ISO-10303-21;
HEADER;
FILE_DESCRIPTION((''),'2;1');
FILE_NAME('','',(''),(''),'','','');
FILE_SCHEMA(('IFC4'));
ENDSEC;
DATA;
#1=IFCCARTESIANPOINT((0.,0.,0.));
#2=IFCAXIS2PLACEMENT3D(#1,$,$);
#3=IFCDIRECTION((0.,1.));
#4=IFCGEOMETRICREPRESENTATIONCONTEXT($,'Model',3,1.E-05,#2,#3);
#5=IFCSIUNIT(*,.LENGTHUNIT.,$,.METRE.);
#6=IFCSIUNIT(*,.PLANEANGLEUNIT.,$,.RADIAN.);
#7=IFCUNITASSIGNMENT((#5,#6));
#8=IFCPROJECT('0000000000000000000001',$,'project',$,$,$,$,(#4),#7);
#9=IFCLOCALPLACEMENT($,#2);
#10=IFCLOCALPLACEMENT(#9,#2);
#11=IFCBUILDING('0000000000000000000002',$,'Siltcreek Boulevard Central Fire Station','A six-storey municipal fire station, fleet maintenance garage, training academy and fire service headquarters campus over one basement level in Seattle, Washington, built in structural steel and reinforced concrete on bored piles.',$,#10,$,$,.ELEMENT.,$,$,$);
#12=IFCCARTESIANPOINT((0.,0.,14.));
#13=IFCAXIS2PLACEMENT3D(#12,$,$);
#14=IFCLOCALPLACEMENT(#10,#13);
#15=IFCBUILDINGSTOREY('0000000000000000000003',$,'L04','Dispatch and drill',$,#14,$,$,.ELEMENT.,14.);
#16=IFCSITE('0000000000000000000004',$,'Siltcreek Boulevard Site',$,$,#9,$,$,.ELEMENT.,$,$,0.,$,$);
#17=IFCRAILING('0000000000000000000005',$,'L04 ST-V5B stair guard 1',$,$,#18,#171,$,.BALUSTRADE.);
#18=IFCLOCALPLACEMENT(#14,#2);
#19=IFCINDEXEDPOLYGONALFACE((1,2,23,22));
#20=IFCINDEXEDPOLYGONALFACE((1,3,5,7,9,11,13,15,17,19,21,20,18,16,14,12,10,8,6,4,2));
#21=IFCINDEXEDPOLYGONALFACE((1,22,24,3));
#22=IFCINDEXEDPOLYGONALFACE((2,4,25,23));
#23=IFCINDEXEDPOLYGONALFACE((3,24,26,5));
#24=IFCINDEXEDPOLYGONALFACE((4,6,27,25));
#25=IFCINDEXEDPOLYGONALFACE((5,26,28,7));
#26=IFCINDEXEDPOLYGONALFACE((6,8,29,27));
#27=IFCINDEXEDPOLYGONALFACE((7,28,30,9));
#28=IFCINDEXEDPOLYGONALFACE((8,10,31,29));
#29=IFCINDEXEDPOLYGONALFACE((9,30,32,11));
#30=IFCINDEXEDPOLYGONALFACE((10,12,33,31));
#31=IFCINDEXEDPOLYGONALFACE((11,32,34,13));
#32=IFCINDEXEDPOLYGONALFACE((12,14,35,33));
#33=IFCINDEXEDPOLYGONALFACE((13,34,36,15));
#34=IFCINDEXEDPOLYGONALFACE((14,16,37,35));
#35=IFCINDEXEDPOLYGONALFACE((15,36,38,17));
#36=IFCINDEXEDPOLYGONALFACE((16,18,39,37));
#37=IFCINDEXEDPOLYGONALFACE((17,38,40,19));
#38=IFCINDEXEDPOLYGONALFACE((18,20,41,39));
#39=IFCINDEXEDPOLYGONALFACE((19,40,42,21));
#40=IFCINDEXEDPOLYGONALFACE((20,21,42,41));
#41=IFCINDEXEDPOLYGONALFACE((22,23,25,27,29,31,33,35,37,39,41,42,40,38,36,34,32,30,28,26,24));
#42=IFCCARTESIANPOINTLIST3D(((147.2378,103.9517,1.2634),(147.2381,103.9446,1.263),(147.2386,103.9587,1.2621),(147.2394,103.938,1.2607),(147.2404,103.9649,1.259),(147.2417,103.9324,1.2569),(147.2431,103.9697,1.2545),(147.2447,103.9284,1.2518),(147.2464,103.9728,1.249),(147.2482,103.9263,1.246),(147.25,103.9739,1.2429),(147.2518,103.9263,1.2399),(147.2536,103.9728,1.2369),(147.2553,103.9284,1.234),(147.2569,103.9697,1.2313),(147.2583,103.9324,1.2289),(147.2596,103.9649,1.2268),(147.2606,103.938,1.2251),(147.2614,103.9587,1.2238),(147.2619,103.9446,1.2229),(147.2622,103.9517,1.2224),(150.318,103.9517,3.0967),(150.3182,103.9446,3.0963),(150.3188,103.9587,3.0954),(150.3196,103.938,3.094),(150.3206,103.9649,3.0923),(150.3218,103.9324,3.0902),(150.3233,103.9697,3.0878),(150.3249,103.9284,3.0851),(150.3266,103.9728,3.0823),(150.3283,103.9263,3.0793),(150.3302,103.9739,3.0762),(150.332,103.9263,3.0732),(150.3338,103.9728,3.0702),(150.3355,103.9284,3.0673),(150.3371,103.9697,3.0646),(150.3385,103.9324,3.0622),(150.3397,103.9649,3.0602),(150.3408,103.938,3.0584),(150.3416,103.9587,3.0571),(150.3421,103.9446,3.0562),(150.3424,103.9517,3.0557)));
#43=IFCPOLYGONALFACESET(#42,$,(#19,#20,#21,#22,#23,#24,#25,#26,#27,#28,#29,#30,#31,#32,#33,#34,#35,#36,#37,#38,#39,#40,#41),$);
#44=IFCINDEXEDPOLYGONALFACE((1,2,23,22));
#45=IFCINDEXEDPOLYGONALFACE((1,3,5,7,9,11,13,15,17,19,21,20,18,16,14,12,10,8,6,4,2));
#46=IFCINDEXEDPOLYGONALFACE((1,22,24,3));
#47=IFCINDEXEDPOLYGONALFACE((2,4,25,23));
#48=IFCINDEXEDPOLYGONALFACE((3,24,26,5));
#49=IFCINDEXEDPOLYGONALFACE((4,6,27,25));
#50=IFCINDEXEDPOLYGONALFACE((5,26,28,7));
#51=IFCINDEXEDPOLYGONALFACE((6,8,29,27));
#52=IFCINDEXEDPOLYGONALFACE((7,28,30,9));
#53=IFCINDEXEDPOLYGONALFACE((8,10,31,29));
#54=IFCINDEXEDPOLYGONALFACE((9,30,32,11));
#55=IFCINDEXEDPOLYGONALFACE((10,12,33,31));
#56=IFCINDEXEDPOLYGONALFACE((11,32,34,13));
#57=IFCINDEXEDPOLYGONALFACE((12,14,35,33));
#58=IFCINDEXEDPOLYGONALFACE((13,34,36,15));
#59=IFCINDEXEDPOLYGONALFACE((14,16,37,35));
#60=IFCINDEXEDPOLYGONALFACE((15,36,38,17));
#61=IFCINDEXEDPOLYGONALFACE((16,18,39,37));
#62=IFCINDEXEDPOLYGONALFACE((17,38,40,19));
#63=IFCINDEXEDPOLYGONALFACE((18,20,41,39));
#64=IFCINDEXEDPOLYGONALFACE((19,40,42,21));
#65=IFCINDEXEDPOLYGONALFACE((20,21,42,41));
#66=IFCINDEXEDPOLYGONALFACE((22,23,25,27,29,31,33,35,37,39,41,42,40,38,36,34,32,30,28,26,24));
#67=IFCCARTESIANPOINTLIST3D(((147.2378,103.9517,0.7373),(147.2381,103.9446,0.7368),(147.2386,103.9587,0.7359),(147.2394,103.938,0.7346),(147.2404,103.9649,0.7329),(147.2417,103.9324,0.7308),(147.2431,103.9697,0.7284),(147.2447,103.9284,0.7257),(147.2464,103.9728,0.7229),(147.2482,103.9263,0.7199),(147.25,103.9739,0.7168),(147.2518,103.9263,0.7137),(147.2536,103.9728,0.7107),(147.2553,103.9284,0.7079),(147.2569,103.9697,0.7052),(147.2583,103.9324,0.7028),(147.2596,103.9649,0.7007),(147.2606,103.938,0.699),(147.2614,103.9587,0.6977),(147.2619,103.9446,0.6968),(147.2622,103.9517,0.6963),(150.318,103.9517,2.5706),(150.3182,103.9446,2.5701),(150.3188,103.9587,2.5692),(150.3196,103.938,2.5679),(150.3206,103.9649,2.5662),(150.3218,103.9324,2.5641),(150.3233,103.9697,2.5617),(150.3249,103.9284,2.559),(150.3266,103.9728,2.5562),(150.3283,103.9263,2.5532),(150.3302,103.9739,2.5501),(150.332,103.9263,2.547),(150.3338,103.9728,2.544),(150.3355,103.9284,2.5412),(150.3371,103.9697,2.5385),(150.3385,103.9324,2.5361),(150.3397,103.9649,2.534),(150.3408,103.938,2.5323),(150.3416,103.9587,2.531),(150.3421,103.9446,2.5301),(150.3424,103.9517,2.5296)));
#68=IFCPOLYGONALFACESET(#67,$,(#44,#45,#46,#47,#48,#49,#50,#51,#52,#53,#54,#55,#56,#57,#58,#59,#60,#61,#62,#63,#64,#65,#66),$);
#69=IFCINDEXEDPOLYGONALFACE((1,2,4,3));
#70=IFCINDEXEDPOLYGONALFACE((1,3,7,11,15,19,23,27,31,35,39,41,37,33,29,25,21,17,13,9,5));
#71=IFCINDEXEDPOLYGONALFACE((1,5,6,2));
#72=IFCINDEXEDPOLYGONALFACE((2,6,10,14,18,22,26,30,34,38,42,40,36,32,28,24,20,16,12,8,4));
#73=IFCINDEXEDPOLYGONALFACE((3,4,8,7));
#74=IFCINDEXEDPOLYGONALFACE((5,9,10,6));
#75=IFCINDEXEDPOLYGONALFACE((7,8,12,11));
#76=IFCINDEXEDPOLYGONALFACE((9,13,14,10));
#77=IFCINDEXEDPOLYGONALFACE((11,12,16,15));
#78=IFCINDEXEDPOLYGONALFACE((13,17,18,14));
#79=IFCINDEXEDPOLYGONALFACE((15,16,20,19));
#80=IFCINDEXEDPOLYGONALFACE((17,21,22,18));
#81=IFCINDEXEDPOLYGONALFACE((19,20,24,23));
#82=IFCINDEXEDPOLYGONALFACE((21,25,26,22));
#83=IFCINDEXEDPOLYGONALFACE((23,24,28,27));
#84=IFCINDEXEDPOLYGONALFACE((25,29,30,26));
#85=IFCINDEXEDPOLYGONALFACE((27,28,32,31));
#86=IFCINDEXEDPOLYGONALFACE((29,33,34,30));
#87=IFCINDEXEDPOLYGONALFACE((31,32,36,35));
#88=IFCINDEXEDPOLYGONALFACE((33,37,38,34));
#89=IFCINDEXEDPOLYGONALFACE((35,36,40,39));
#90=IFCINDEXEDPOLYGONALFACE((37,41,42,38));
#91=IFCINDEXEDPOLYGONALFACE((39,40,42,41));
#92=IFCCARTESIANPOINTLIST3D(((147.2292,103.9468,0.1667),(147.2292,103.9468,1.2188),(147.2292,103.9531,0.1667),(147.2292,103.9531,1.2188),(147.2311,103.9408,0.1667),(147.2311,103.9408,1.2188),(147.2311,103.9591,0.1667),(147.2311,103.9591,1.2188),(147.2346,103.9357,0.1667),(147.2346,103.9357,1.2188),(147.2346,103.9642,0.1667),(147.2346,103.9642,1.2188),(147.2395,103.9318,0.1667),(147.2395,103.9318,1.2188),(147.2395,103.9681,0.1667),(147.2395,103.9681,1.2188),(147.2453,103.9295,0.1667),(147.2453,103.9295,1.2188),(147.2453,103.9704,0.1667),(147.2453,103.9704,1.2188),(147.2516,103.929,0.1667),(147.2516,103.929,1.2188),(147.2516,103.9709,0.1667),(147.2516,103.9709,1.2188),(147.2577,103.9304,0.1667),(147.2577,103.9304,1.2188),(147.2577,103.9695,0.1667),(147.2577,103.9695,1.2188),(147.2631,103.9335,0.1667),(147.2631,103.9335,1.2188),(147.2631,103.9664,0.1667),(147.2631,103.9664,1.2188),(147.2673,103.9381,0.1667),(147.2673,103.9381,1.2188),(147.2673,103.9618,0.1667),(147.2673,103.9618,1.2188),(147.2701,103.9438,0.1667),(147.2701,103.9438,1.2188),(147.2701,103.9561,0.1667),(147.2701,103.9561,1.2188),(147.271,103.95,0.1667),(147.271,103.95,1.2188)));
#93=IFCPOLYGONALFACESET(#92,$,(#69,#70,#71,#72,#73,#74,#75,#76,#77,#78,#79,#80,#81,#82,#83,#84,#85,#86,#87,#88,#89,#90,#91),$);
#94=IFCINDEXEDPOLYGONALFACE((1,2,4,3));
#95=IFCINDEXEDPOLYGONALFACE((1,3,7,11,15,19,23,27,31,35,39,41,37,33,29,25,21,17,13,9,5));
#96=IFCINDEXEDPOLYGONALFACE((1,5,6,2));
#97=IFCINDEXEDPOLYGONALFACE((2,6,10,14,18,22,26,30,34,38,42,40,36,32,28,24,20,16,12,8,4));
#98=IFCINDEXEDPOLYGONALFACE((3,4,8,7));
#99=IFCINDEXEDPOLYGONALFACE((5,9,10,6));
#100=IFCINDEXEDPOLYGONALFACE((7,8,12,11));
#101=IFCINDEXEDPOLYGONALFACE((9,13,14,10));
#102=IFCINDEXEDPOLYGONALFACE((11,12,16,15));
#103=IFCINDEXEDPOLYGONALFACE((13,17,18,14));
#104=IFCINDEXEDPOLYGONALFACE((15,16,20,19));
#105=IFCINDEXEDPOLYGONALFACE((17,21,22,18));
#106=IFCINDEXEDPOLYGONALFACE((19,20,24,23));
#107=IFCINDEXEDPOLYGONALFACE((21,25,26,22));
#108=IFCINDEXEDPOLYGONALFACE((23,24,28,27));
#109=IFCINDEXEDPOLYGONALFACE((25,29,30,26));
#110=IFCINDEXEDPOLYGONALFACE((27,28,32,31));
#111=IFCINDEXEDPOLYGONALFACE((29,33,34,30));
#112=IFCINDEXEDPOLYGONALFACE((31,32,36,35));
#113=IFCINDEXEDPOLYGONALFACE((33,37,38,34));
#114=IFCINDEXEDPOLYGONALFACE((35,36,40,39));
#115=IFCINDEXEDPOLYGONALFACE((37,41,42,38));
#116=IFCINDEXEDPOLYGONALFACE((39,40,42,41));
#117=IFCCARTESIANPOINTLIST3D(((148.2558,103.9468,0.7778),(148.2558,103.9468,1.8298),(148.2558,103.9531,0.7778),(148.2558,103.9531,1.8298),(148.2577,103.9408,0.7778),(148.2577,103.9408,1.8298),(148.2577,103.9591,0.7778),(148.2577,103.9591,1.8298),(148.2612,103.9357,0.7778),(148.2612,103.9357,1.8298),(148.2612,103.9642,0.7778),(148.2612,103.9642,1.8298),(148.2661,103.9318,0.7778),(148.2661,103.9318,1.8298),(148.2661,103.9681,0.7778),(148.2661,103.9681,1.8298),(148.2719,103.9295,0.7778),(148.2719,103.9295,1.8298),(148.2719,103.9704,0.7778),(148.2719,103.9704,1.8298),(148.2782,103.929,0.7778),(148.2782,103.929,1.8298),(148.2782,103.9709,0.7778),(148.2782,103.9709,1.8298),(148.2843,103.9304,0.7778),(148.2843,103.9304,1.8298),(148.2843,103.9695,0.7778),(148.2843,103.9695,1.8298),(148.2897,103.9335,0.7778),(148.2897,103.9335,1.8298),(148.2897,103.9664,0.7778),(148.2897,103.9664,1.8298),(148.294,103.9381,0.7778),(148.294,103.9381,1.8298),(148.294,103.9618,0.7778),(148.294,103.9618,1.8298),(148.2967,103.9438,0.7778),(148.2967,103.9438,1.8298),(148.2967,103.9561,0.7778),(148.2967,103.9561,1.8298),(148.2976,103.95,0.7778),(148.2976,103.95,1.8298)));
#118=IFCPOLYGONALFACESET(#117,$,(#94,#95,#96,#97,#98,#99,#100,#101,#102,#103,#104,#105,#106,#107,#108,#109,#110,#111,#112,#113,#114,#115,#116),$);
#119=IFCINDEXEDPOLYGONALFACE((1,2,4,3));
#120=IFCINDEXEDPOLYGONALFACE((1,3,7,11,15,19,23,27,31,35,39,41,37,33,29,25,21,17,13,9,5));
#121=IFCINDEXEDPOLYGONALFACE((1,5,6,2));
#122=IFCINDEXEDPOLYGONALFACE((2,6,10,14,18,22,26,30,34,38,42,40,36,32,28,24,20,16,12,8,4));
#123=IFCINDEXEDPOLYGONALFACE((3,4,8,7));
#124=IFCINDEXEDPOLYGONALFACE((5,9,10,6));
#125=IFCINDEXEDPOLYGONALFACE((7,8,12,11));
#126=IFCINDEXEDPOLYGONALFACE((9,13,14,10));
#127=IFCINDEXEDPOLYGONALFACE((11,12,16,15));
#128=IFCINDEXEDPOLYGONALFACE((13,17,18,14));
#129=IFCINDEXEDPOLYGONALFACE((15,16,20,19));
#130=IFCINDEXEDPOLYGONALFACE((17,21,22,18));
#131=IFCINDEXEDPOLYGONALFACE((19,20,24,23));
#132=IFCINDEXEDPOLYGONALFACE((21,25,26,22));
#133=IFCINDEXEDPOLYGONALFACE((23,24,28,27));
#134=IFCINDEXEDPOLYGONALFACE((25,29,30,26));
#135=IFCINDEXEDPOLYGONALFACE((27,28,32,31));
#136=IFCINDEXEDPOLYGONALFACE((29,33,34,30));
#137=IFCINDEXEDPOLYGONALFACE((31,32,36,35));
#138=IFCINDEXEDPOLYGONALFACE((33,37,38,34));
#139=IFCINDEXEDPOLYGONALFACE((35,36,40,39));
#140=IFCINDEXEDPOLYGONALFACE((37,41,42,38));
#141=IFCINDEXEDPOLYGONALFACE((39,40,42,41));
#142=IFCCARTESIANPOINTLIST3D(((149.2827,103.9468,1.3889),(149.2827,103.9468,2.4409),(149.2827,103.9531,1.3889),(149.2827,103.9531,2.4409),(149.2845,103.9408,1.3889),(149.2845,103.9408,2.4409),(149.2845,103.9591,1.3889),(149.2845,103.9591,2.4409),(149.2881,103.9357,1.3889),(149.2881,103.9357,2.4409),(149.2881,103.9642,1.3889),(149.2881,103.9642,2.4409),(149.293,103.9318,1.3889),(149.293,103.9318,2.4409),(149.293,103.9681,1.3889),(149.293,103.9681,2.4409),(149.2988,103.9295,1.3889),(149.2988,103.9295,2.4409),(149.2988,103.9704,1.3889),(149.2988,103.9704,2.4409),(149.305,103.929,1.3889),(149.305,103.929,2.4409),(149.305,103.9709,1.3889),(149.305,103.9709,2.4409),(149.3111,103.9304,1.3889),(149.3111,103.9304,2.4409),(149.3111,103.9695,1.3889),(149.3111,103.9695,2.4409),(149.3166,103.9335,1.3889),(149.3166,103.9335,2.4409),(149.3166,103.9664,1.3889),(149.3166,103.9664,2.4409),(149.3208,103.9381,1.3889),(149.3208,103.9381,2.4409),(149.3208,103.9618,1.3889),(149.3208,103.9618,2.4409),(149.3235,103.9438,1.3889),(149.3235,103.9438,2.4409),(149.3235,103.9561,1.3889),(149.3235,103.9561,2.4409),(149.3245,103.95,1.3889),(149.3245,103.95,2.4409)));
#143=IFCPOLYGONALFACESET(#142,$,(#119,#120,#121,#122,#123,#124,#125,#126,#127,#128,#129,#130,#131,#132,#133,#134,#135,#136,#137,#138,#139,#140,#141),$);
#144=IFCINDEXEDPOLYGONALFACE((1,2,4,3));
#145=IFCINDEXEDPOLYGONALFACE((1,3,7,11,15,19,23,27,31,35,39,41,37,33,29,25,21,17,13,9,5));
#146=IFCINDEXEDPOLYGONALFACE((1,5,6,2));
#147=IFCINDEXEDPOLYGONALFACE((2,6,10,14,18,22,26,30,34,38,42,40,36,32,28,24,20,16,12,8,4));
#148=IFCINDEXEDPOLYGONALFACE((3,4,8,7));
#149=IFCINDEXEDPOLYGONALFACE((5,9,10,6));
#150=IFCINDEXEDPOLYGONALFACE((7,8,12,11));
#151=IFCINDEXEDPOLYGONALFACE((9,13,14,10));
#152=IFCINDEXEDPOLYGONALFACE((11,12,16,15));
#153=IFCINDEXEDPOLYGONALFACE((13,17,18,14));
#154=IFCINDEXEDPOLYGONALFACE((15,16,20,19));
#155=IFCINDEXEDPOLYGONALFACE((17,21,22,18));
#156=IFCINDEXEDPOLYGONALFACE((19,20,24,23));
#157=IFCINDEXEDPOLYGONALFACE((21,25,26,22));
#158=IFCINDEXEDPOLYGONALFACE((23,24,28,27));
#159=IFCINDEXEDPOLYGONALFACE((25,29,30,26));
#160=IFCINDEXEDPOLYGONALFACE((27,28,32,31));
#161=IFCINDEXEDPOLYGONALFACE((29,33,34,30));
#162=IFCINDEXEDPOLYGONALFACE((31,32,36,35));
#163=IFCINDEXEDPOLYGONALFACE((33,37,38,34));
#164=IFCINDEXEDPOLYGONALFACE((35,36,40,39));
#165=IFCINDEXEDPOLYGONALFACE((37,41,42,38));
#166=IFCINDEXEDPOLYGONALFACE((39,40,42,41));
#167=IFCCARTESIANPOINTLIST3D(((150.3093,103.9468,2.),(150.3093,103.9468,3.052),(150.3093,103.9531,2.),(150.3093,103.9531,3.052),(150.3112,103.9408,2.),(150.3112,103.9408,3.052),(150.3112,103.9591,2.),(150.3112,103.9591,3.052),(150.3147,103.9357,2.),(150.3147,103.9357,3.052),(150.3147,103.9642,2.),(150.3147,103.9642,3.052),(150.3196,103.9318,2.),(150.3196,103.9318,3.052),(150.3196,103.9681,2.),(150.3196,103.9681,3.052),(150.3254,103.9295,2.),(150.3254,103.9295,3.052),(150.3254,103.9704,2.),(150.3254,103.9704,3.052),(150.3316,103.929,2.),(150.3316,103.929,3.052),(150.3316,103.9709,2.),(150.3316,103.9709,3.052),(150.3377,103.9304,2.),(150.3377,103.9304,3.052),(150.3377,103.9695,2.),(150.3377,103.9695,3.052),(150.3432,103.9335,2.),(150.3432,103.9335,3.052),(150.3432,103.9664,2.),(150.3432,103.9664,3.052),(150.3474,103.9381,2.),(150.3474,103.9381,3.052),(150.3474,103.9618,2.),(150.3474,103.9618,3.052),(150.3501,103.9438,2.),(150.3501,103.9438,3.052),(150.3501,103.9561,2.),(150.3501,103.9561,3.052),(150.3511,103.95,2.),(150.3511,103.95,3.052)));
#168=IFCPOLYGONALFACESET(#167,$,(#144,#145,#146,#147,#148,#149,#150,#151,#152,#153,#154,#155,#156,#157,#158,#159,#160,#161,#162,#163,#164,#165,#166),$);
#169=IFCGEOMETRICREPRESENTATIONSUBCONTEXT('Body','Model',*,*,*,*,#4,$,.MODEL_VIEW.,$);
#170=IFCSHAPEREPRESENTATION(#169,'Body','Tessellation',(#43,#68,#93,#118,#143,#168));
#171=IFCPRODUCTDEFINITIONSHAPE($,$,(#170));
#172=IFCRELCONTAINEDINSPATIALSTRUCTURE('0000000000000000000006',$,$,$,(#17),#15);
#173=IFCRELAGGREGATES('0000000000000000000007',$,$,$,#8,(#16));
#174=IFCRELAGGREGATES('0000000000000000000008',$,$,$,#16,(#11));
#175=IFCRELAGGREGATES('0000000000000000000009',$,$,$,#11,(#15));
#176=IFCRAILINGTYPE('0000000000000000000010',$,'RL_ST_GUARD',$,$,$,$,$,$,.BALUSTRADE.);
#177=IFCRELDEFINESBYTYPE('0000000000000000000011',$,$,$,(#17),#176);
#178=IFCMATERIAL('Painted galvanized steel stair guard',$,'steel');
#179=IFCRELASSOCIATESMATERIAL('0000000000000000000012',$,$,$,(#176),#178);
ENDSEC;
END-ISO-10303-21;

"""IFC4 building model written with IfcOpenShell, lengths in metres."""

from ifc_helpers import new_model, si_unit, direction, frame, origin, origin_2d, place, context, subcontext, project, spatial, circle, extrude, material, type_object, element, save


model = new_model("IFC4")

# Units and contexts
model_context = context("Model", 3, precision=1e-05, world=origin(), true_north=direction((0.0, 1.0)))
body_context = subcontext(model_context, "Body", "Model", "MODEL_VIEW")
ifc_project = project(units=[si_unit("LENGTHUNIT", "METRE"), si_unit("PLANEANGLEUNIT", "RADIAN")], contexts=[model_context])

# Site, building, storey
site_placement = place(None, origin())
site = spatial("IfcSite", under=ifc_project, at=site_placement, Name="Siltcreek Boulevard Site", CompositionType="ELEMENT", RefElevation=0.0)
building_placement = place(site_placement, origin())
building = spatial("IfcBuilding", under=site, at=building_placement, Name="Siltcreek Boulevard Central Fire Station", Description="A six-storey municipal fire station, fleet maintenance garage, training academy and fire service headquarters campus over one basement level in Seattle, Washington, built in structural steel and reinforced concrete on bored piles.", CompositionType="ELEMENT")
storey_placement = place(building_placement, frame((0.0, 0.0, 14.0)))
storey = spatial("IfcBuildingStorey", under=building, at=storey_placement, Name="L04", Description="Dispatch and drill", CompositionType="ELEMENT", Elevation=14.0)

# Railing
ifc_material_1 = material(Name="Painted galvanized steel stair guard", Category="steel")
railing_type_1 = type_object("IfcRailingType", Name="RL_ST_GUARD", PredefinedType="BALUSTRADE", material=ifc_material_1)
railing_1_placement = place(storey_placement, frame((147.25, 103.95, 0.1667)))
element("IfcRailing", 1, at=railing_1_placement, inside=storey, type_object=railing_type_1, Name="L04 ST-V5B stair guard 1", PredefinedType="BALUSTRADE", context=body_context, shape_type="SweptSolid", body=[
    extrude(circle(Radius=0.0239, at=origin_2d()), frame((0.0, 0.0, 1.0762), z_axis=(0.859309, 0.0, 0.511458), x_axis=(0.0, 1.0, 0.0)), (0.0, 0.0, 1.0), 3.5845),
    extrude(circle(Radius=0.0239, at=origin_2d()), frame((0.0, 0.0, 0.55), z_axis=(0.859309, 0.0, 0.511458), x_axis=(0.0, 1.0, 0.0)), (0.0, 0.0, 1.0), 3.5845),
    extrude(circle(Radius=0.021, at=origin_2d()), origin(), (0.0, 0.0, 1.0), 1.052),
    extrude(circle(Radius=0.021, at=origin_2d()), frame((1.0266, 0.0, 0.6111)), (0.0, 0.0, 1.0), 1.052),
    extrude(circle(Radius=0.021, at=origin_2d()), frame((2.0535, 0.0, 1.2222)), (0.0, 0.0, 1.0), 1.052),
    extrude(circle(Radius=0.021, at=origin_2d()), frame((3.0801, 0.0, 1.8333)), (0.0, 0.0, 1.0), 1.052),
])

save(model, "model.ifc")
